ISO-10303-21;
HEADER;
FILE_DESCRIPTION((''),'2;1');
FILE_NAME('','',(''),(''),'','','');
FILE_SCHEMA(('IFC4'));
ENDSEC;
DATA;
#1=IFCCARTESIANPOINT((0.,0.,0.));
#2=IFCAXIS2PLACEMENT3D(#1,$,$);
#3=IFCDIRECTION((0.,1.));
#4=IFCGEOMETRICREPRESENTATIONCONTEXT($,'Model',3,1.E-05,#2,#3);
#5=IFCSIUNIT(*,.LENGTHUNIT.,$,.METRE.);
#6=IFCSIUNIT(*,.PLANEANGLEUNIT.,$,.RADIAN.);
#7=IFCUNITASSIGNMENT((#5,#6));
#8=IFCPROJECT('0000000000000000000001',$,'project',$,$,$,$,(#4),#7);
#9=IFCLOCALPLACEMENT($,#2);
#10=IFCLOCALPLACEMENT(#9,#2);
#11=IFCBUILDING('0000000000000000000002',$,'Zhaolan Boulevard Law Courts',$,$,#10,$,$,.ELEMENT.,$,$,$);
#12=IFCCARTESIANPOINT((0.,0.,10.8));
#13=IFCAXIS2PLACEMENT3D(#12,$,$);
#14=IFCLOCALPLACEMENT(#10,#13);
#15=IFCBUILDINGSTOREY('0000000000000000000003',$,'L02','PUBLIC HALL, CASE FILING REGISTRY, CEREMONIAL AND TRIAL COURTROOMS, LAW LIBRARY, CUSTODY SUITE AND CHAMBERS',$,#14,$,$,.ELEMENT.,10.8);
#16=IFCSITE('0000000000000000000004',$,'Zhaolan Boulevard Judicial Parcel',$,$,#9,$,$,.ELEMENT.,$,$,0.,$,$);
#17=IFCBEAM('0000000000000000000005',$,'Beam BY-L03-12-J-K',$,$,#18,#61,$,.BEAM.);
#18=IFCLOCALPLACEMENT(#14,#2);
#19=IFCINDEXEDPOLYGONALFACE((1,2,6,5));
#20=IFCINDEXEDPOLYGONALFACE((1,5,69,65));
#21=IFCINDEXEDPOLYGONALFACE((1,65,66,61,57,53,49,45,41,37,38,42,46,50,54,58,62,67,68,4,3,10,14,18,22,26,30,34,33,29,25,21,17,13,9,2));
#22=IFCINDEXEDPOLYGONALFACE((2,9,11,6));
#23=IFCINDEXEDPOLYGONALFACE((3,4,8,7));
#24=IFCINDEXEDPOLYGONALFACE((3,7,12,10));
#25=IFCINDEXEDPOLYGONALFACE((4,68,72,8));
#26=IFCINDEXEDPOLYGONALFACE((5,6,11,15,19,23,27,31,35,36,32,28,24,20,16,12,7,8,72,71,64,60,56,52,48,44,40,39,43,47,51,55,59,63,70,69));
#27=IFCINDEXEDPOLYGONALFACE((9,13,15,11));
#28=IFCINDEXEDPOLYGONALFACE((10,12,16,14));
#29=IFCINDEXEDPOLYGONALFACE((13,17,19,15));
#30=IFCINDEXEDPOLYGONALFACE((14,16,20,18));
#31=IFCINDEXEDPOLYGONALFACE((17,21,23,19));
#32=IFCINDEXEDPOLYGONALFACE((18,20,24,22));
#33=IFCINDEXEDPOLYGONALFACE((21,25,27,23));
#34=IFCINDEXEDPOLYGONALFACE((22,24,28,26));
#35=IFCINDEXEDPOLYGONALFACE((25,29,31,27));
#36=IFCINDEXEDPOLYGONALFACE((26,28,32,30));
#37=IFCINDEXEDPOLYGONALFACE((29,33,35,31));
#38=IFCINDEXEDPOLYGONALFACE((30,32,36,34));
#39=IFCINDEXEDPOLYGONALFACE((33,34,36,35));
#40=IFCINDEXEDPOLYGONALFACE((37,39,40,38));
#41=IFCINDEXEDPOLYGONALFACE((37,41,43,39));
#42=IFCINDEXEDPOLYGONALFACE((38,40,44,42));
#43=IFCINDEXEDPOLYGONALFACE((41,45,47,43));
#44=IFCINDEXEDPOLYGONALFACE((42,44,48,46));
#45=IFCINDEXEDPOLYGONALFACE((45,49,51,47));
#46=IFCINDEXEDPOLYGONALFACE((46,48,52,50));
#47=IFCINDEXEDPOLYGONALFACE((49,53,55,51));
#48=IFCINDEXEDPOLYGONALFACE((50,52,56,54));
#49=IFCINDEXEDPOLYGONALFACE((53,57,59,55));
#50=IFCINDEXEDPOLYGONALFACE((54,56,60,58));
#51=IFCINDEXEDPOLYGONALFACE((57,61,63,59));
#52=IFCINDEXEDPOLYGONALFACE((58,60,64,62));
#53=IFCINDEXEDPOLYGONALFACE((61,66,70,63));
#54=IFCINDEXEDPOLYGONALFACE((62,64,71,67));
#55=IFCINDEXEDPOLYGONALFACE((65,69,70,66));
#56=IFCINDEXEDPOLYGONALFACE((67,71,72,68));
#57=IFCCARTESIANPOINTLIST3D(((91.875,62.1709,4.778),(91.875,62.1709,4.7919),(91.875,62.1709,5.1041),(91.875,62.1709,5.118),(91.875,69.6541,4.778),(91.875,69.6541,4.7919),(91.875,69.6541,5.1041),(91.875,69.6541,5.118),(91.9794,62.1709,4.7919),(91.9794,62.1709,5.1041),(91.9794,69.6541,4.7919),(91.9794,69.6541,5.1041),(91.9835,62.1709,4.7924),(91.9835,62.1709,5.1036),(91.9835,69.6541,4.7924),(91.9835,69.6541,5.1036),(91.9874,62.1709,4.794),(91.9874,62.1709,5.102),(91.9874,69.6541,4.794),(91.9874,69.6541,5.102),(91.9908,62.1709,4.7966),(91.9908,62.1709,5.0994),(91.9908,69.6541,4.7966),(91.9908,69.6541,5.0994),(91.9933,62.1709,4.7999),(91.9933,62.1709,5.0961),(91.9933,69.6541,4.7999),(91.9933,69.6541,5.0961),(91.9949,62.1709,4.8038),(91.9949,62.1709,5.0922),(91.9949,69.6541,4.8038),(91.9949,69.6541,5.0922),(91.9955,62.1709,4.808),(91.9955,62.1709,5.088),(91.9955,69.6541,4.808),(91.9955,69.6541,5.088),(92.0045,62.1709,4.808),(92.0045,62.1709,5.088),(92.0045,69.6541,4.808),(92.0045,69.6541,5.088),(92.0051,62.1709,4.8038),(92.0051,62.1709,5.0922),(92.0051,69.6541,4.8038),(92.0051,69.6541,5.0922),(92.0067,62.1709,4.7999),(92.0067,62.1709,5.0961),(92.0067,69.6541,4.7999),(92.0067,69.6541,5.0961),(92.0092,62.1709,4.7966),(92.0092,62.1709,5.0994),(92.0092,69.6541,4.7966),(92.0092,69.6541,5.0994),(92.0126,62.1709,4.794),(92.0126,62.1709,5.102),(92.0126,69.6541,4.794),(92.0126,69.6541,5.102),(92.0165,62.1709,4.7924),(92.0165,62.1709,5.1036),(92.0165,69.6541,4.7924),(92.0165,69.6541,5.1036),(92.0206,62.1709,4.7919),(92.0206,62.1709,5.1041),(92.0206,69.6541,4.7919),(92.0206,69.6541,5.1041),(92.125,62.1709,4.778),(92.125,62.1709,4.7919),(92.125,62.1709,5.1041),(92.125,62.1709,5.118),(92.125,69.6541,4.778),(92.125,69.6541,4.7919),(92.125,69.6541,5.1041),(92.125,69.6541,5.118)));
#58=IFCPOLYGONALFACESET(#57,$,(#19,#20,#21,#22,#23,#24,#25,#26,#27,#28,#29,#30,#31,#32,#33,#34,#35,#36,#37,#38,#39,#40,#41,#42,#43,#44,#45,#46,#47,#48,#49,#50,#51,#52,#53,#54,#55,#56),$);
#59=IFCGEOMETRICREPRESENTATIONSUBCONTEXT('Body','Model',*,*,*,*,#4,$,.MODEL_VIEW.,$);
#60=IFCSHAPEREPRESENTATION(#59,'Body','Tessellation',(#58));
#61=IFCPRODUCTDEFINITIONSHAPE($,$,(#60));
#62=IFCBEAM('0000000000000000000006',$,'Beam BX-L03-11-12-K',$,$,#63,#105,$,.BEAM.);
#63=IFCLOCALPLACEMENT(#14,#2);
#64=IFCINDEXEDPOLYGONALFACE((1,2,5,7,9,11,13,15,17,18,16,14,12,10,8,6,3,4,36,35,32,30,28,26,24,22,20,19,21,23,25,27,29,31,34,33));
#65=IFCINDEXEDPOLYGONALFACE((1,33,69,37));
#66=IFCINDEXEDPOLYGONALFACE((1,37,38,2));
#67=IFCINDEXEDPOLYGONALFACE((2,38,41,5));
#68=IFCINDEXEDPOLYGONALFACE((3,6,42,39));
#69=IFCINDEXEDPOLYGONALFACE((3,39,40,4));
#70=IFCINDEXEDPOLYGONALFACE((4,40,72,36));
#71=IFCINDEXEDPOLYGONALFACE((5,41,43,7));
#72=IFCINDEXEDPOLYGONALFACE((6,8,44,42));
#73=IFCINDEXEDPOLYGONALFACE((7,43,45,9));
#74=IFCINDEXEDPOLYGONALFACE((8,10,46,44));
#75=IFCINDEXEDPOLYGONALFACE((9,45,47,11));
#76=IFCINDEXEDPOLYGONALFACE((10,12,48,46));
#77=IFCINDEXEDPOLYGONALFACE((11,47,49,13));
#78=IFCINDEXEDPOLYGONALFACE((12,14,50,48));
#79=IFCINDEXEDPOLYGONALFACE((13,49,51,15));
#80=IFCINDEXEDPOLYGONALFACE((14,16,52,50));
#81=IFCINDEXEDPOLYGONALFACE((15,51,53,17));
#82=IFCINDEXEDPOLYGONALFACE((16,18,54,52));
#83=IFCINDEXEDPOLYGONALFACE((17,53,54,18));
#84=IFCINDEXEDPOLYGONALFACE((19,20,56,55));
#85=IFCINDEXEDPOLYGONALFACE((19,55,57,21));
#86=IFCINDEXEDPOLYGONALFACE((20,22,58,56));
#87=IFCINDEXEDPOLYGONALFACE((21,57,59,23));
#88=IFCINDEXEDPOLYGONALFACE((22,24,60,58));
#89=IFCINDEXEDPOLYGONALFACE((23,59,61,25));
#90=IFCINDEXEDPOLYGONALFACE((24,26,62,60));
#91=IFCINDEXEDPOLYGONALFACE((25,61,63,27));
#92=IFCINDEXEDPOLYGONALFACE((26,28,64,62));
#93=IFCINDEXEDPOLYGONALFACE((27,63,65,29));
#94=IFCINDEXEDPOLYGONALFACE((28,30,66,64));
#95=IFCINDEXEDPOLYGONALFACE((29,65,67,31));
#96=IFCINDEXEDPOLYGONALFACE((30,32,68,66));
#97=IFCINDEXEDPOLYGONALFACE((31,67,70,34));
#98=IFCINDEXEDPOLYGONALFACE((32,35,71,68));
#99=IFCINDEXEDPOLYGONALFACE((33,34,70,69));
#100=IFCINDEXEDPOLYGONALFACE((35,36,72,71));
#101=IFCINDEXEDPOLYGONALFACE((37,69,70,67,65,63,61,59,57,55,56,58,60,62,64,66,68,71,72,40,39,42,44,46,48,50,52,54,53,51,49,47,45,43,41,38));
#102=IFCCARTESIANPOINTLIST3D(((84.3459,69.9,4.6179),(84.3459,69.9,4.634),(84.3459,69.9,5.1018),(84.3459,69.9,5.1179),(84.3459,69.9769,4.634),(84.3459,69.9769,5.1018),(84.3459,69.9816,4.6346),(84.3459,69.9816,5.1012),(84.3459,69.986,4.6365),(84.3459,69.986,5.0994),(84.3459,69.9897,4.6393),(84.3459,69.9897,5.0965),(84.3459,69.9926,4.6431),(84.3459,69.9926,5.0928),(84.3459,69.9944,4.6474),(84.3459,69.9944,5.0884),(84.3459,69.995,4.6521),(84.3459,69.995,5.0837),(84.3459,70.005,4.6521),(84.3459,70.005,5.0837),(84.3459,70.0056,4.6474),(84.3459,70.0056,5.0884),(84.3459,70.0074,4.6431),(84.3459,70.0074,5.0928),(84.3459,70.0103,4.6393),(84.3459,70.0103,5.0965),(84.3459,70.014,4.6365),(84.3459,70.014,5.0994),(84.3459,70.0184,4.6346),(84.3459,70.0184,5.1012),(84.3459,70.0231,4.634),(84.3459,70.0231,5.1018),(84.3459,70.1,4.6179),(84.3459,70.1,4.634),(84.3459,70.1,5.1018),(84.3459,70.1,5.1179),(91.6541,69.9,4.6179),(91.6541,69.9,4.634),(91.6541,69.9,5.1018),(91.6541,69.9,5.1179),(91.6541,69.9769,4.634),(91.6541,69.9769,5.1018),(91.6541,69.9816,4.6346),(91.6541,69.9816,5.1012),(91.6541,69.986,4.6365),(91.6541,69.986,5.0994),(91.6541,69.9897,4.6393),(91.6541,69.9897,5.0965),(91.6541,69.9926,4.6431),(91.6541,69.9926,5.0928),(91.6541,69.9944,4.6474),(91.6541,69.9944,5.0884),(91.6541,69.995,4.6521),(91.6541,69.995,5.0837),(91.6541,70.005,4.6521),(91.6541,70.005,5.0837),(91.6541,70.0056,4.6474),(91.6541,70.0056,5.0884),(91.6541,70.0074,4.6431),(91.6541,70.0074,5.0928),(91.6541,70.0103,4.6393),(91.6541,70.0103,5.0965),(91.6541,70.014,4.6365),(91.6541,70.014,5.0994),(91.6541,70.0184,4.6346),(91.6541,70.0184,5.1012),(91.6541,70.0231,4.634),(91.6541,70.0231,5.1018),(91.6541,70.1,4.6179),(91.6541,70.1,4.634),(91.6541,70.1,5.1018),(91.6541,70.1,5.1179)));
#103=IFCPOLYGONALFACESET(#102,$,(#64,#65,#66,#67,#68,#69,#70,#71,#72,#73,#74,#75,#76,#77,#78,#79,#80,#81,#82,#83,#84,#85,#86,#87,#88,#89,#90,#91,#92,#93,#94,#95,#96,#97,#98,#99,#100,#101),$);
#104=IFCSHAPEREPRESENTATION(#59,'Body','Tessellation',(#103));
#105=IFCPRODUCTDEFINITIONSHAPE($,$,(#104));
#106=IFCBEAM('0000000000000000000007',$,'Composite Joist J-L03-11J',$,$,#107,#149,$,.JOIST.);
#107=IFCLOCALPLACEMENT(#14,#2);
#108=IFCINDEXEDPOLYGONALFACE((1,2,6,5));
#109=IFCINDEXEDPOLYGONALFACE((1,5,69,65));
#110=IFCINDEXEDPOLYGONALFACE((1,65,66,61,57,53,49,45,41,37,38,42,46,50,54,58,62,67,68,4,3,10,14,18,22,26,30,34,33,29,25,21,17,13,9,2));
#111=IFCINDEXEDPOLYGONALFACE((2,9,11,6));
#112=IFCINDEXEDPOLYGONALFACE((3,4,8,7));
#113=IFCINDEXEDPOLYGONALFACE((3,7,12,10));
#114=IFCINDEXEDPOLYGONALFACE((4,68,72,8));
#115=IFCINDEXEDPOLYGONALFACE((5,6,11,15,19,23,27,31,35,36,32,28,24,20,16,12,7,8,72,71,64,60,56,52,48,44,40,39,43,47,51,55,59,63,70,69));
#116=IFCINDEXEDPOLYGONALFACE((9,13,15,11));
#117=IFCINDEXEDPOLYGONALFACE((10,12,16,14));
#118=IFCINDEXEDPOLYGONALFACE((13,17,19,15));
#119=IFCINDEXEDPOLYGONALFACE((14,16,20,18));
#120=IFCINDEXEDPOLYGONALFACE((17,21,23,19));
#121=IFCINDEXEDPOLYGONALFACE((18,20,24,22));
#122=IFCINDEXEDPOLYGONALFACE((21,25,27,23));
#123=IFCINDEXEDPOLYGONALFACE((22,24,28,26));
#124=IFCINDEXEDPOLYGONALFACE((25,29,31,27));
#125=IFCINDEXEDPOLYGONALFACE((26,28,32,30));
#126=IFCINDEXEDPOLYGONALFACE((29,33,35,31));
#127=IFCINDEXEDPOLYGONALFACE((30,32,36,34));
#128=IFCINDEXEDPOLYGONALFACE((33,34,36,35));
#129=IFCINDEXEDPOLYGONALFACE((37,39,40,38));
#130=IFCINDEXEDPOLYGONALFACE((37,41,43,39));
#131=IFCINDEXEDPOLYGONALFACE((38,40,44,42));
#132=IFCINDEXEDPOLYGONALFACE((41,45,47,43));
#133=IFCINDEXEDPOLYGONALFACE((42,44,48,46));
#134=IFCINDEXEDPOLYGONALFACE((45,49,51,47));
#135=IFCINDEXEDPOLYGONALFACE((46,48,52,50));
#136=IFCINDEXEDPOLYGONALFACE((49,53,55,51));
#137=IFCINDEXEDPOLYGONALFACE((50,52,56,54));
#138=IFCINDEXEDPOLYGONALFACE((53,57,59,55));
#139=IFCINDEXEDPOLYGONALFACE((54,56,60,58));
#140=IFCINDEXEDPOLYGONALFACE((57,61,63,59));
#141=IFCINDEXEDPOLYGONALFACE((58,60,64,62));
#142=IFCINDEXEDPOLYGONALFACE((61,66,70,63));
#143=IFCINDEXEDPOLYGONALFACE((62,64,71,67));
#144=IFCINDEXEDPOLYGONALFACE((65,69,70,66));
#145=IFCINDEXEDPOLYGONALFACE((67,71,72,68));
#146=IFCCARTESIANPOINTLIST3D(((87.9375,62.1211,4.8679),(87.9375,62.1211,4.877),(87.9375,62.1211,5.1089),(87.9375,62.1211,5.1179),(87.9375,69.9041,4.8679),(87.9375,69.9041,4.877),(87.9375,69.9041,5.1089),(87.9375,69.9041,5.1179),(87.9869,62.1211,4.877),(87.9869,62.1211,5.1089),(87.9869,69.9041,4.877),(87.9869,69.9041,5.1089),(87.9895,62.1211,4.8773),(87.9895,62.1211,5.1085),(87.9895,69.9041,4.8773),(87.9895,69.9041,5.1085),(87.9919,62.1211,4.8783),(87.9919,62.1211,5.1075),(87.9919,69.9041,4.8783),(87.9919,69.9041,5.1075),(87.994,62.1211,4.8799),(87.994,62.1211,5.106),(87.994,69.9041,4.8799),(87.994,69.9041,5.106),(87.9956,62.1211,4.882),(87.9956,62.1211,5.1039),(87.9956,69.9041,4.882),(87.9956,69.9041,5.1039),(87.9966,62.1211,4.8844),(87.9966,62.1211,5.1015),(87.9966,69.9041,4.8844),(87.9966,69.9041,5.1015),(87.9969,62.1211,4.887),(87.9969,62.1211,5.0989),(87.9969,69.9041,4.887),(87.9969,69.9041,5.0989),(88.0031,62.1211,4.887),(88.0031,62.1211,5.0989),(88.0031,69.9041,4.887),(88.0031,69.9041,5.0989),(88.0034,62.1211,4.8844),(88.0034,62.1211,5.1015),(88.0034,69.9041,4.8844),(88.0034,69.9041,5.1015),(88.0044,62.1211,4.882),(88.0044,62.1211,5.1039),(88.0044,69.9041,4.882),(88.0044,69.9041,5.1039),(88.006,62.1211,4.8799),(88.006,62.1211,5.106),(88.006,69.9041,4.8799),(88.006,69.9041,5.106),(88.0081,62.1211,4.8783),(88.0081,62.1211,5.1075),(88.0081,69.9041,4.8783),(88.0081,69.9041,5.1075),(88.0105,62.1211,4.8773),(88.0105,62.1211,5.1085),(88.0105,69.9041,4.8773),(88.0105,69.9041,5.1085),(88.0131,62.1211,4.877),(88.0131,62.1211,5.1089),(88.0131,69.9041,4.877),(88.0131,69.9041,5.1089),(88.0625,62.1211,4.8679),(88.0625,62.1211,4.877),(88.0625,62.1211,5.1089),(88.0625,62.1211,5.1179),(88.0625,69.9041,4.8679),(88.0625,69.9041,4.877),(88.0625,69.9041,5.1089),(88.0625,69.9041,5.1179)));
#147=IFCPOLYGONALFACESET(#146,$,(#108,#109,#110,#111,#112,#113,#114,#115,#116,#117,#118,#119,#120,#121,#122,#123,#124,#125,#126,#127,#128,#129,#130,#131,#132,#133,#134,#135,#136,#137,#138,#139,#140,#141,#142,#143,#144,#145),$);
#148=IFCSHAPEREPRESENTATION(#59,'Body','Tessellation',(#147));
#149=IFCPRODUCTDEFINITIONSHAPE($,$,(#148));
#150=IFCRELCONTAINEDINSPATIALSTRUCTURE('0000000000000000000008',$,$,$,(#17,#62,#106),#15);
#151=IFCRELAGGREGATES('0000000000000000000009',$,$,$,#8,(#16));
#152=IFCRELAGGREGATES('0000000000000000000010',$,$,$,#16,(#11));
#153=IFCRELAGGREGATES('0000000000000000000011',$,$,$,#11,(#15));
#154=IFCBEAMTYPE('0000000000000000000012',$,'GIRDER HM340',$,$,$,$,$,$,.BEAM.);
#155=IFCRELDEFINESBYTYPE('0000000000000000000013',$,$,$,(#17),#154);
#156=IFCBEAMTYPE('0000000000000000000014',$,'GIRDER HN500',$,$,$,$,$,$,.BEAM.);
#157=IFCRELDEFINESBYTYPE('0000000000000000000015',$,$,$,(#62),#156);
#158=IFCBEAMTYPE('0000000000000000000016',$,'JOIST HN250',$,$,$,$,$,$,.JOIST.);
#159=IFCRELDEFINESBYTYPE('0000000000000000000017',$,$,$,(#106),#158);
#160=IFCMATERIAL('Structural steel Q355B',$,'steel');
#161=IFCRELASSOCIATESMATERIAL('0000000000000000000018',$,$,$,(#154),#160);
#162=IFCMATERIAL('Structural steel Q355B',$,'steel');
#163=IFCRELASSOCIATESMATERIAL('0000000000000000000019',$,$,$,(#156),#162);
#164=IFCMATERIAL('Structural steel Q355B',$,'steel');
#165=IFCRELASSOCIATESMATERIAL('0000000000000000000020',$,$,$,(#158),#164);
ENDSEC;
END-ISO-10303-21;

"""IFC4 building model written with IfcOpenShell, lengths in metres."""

from ifc_helpers import new_model, si_unit, direction, frame, origin, origin_2d, place, context, subcontext, project, spatial, i_section, extrude, material, material_profile, profile_set, type_object, element, save


model = new_model("IFC4")

# Units and contexts
model_context = context("Model", 3, precision=1e-05, world=origin(), true_north=direction((0.0, 1.0)))
body_context = subcontext(model_context, "Body", "Model", "MODEL_VIEW")
ifc_project = project(units=[si_unit("LENGTHUNIT", "METRE"), si_unit("PLANEANGLEUNIT", "RADIAN")], contexts=[model_context])

# Site, building, storey
site_placement = place(None, origin())
site = spatial("IfcSite", under=ifc_project, at=site_placement, Name="Zhaolan Boulevard Judicial Parcel", CompositionType="ELEMENT", RefElevation=0.0)
building_placement = place(site_placement, origin())
building = spatial("IfcBuilding", under=site, at=building_placement, Name="Zhaolan Boulevard Law Courts", CompositionType="ELEMENT")
storey_placement = place(building_placement, frame((0.0, 0.0, 10.8)))
storey = spatial("IfcBuildingStorey", under=building, at=storey_placement, Name="L02", Description="PUBLIC HALL, CASE FILING REGISTRY, CEREMONIAL AND TRIAL COURTROOMS, LAW LIBRARY, CUSTODY SUITE AND CHAMBERS", CompositionType="ELEMENT", Elevation=10.8)

# Beams
ifc_material_1 = material(Name="Structural steel Q355B", Category="steel")
ifc_material_profile_1 = material_profile(ifc_material_1, i_section(OverallWidth=0.25, OverallDepth=0.3401, WebThickness=0.009, FlangeThickness=0.0139, FilletRadius=0.0161, at=origin_2d()), Name="HM340x250")
ifc_profile_set_1 = profile_set([ifc_material_profile_1], Name="Structural steel Q355B")
beam_type_1 = type_object("IfcBeamType", Name="GIRDER HM340", PredefinedType="BEAM", material=ifc_profile_set_1)
beam_1_placement = place(storey_placement, frame((92.0, 62.1709, 4.948), z_axis=(0.0, 1.0, 0.0), x_axis=(-1.0, 0.0, 0.0)))
element("IfcBeam", 1, at=beam_1_placement, inside=storey, type_object=beam_type_1, Name="Beam BY-L03-12-J-K", PredefinedType="BEAM", context=body_context, shape_type="SweptSolid", body=[
    extrude(i_section(OverallWidth=0.25, OverallDepth=0.3401, WebThickness=0.009, FlangeThickness=0.0139, FilletRadius=0.0161, at=origin_2d()), origin(), (0.0, 0.0, 1.0), 7.4832),
])
ifc_material_2 = material(Name="Structural steel Q355B", Category="steel")
ifc_material_profile_2 = material_profile(ifc_material_2, i_section(OverallWidth=0.2, OverallDepth=0.5, WebThickness=0.01, FlangeThickness=0.0161, FilletRadius=0.0181, at=origin_2d()), Name="HN500x200")
ifc_profile_set_2 = profile_set([ifc_material_profile_2], Name="Structural steel Q355B")
beam_type_2 = type_object("IfcBeamType", Name="GIRDER HN500", PredefinedType="BEAM", material=ifc_profile_set_2)
beam_2_placement = place(storey_placement, frame((84.3459, 70.0, 4.8679), z_axis=(1.0, 0.0, 0.0), x_axis=(0.0, 1.0, 0.0)))
element("IfcBeam", 2, at=beam_2_placement, inside=storey, type_object=beam_type_2, Name="Beam BX-L03-11-12-K", PredefinedType="BEAM", context=body_context, shape_type="SweptSolid", body=[
    extrude(i_section(OverallWidth=0.2, OverallDepth=0.5, WebThickness=0.01, FlangeThickness=0.0161, FilletRadius=0.0181, at=origin_2d()), origin(), (0.0, 0.0, 1.0), 7.3081),
])
ifc_material_3 = material(Name="Structural steel Q355B", Category="steel")
ifc_material_profile_3 = material_profile(ifc_material_3, i_section(OverallWidth=0.125, OverallDepth=0.25, WebThickness=0.0061, FlangeThickness=0.009, FilletRadius=0.01, at=origin_2d()), Name="HN250x125")
ifc_profile_set_3 = profile_set([ifc_material_profile_3], Name="Structural steel Q355B")
beam_type_3 = type_object("IfcBeamType", Name="JOIST HN250", PredefinedType="JOIST", material=ifc_profile_set_3)
beam_3_placement = place(storey_placement, frame((88.0, 62.1211, 4.9929), z_axis=(0.0, 1.0, 0.0), x_axis=(-1.0, 0.0, 0.0)))
element("IfcBeam", 3, at=beam_3_placement, inside=storey, type_object=beam_type_3, Name="Composite Joist J-L03-11J", PredefinedType="JOIST", context=body_context, shape_type="SweptSolid", body=[
    extrude(i_section(OverallWidth=0.125, OverallDepth=0.25, WebThickness=0.0061, FlangeThickness=0.009, FilletRadius=0.01, at=origin_2d()), origin(), (0.0, 0.0, 1.0), 7.783),
])

save(model, "model.ifc")
